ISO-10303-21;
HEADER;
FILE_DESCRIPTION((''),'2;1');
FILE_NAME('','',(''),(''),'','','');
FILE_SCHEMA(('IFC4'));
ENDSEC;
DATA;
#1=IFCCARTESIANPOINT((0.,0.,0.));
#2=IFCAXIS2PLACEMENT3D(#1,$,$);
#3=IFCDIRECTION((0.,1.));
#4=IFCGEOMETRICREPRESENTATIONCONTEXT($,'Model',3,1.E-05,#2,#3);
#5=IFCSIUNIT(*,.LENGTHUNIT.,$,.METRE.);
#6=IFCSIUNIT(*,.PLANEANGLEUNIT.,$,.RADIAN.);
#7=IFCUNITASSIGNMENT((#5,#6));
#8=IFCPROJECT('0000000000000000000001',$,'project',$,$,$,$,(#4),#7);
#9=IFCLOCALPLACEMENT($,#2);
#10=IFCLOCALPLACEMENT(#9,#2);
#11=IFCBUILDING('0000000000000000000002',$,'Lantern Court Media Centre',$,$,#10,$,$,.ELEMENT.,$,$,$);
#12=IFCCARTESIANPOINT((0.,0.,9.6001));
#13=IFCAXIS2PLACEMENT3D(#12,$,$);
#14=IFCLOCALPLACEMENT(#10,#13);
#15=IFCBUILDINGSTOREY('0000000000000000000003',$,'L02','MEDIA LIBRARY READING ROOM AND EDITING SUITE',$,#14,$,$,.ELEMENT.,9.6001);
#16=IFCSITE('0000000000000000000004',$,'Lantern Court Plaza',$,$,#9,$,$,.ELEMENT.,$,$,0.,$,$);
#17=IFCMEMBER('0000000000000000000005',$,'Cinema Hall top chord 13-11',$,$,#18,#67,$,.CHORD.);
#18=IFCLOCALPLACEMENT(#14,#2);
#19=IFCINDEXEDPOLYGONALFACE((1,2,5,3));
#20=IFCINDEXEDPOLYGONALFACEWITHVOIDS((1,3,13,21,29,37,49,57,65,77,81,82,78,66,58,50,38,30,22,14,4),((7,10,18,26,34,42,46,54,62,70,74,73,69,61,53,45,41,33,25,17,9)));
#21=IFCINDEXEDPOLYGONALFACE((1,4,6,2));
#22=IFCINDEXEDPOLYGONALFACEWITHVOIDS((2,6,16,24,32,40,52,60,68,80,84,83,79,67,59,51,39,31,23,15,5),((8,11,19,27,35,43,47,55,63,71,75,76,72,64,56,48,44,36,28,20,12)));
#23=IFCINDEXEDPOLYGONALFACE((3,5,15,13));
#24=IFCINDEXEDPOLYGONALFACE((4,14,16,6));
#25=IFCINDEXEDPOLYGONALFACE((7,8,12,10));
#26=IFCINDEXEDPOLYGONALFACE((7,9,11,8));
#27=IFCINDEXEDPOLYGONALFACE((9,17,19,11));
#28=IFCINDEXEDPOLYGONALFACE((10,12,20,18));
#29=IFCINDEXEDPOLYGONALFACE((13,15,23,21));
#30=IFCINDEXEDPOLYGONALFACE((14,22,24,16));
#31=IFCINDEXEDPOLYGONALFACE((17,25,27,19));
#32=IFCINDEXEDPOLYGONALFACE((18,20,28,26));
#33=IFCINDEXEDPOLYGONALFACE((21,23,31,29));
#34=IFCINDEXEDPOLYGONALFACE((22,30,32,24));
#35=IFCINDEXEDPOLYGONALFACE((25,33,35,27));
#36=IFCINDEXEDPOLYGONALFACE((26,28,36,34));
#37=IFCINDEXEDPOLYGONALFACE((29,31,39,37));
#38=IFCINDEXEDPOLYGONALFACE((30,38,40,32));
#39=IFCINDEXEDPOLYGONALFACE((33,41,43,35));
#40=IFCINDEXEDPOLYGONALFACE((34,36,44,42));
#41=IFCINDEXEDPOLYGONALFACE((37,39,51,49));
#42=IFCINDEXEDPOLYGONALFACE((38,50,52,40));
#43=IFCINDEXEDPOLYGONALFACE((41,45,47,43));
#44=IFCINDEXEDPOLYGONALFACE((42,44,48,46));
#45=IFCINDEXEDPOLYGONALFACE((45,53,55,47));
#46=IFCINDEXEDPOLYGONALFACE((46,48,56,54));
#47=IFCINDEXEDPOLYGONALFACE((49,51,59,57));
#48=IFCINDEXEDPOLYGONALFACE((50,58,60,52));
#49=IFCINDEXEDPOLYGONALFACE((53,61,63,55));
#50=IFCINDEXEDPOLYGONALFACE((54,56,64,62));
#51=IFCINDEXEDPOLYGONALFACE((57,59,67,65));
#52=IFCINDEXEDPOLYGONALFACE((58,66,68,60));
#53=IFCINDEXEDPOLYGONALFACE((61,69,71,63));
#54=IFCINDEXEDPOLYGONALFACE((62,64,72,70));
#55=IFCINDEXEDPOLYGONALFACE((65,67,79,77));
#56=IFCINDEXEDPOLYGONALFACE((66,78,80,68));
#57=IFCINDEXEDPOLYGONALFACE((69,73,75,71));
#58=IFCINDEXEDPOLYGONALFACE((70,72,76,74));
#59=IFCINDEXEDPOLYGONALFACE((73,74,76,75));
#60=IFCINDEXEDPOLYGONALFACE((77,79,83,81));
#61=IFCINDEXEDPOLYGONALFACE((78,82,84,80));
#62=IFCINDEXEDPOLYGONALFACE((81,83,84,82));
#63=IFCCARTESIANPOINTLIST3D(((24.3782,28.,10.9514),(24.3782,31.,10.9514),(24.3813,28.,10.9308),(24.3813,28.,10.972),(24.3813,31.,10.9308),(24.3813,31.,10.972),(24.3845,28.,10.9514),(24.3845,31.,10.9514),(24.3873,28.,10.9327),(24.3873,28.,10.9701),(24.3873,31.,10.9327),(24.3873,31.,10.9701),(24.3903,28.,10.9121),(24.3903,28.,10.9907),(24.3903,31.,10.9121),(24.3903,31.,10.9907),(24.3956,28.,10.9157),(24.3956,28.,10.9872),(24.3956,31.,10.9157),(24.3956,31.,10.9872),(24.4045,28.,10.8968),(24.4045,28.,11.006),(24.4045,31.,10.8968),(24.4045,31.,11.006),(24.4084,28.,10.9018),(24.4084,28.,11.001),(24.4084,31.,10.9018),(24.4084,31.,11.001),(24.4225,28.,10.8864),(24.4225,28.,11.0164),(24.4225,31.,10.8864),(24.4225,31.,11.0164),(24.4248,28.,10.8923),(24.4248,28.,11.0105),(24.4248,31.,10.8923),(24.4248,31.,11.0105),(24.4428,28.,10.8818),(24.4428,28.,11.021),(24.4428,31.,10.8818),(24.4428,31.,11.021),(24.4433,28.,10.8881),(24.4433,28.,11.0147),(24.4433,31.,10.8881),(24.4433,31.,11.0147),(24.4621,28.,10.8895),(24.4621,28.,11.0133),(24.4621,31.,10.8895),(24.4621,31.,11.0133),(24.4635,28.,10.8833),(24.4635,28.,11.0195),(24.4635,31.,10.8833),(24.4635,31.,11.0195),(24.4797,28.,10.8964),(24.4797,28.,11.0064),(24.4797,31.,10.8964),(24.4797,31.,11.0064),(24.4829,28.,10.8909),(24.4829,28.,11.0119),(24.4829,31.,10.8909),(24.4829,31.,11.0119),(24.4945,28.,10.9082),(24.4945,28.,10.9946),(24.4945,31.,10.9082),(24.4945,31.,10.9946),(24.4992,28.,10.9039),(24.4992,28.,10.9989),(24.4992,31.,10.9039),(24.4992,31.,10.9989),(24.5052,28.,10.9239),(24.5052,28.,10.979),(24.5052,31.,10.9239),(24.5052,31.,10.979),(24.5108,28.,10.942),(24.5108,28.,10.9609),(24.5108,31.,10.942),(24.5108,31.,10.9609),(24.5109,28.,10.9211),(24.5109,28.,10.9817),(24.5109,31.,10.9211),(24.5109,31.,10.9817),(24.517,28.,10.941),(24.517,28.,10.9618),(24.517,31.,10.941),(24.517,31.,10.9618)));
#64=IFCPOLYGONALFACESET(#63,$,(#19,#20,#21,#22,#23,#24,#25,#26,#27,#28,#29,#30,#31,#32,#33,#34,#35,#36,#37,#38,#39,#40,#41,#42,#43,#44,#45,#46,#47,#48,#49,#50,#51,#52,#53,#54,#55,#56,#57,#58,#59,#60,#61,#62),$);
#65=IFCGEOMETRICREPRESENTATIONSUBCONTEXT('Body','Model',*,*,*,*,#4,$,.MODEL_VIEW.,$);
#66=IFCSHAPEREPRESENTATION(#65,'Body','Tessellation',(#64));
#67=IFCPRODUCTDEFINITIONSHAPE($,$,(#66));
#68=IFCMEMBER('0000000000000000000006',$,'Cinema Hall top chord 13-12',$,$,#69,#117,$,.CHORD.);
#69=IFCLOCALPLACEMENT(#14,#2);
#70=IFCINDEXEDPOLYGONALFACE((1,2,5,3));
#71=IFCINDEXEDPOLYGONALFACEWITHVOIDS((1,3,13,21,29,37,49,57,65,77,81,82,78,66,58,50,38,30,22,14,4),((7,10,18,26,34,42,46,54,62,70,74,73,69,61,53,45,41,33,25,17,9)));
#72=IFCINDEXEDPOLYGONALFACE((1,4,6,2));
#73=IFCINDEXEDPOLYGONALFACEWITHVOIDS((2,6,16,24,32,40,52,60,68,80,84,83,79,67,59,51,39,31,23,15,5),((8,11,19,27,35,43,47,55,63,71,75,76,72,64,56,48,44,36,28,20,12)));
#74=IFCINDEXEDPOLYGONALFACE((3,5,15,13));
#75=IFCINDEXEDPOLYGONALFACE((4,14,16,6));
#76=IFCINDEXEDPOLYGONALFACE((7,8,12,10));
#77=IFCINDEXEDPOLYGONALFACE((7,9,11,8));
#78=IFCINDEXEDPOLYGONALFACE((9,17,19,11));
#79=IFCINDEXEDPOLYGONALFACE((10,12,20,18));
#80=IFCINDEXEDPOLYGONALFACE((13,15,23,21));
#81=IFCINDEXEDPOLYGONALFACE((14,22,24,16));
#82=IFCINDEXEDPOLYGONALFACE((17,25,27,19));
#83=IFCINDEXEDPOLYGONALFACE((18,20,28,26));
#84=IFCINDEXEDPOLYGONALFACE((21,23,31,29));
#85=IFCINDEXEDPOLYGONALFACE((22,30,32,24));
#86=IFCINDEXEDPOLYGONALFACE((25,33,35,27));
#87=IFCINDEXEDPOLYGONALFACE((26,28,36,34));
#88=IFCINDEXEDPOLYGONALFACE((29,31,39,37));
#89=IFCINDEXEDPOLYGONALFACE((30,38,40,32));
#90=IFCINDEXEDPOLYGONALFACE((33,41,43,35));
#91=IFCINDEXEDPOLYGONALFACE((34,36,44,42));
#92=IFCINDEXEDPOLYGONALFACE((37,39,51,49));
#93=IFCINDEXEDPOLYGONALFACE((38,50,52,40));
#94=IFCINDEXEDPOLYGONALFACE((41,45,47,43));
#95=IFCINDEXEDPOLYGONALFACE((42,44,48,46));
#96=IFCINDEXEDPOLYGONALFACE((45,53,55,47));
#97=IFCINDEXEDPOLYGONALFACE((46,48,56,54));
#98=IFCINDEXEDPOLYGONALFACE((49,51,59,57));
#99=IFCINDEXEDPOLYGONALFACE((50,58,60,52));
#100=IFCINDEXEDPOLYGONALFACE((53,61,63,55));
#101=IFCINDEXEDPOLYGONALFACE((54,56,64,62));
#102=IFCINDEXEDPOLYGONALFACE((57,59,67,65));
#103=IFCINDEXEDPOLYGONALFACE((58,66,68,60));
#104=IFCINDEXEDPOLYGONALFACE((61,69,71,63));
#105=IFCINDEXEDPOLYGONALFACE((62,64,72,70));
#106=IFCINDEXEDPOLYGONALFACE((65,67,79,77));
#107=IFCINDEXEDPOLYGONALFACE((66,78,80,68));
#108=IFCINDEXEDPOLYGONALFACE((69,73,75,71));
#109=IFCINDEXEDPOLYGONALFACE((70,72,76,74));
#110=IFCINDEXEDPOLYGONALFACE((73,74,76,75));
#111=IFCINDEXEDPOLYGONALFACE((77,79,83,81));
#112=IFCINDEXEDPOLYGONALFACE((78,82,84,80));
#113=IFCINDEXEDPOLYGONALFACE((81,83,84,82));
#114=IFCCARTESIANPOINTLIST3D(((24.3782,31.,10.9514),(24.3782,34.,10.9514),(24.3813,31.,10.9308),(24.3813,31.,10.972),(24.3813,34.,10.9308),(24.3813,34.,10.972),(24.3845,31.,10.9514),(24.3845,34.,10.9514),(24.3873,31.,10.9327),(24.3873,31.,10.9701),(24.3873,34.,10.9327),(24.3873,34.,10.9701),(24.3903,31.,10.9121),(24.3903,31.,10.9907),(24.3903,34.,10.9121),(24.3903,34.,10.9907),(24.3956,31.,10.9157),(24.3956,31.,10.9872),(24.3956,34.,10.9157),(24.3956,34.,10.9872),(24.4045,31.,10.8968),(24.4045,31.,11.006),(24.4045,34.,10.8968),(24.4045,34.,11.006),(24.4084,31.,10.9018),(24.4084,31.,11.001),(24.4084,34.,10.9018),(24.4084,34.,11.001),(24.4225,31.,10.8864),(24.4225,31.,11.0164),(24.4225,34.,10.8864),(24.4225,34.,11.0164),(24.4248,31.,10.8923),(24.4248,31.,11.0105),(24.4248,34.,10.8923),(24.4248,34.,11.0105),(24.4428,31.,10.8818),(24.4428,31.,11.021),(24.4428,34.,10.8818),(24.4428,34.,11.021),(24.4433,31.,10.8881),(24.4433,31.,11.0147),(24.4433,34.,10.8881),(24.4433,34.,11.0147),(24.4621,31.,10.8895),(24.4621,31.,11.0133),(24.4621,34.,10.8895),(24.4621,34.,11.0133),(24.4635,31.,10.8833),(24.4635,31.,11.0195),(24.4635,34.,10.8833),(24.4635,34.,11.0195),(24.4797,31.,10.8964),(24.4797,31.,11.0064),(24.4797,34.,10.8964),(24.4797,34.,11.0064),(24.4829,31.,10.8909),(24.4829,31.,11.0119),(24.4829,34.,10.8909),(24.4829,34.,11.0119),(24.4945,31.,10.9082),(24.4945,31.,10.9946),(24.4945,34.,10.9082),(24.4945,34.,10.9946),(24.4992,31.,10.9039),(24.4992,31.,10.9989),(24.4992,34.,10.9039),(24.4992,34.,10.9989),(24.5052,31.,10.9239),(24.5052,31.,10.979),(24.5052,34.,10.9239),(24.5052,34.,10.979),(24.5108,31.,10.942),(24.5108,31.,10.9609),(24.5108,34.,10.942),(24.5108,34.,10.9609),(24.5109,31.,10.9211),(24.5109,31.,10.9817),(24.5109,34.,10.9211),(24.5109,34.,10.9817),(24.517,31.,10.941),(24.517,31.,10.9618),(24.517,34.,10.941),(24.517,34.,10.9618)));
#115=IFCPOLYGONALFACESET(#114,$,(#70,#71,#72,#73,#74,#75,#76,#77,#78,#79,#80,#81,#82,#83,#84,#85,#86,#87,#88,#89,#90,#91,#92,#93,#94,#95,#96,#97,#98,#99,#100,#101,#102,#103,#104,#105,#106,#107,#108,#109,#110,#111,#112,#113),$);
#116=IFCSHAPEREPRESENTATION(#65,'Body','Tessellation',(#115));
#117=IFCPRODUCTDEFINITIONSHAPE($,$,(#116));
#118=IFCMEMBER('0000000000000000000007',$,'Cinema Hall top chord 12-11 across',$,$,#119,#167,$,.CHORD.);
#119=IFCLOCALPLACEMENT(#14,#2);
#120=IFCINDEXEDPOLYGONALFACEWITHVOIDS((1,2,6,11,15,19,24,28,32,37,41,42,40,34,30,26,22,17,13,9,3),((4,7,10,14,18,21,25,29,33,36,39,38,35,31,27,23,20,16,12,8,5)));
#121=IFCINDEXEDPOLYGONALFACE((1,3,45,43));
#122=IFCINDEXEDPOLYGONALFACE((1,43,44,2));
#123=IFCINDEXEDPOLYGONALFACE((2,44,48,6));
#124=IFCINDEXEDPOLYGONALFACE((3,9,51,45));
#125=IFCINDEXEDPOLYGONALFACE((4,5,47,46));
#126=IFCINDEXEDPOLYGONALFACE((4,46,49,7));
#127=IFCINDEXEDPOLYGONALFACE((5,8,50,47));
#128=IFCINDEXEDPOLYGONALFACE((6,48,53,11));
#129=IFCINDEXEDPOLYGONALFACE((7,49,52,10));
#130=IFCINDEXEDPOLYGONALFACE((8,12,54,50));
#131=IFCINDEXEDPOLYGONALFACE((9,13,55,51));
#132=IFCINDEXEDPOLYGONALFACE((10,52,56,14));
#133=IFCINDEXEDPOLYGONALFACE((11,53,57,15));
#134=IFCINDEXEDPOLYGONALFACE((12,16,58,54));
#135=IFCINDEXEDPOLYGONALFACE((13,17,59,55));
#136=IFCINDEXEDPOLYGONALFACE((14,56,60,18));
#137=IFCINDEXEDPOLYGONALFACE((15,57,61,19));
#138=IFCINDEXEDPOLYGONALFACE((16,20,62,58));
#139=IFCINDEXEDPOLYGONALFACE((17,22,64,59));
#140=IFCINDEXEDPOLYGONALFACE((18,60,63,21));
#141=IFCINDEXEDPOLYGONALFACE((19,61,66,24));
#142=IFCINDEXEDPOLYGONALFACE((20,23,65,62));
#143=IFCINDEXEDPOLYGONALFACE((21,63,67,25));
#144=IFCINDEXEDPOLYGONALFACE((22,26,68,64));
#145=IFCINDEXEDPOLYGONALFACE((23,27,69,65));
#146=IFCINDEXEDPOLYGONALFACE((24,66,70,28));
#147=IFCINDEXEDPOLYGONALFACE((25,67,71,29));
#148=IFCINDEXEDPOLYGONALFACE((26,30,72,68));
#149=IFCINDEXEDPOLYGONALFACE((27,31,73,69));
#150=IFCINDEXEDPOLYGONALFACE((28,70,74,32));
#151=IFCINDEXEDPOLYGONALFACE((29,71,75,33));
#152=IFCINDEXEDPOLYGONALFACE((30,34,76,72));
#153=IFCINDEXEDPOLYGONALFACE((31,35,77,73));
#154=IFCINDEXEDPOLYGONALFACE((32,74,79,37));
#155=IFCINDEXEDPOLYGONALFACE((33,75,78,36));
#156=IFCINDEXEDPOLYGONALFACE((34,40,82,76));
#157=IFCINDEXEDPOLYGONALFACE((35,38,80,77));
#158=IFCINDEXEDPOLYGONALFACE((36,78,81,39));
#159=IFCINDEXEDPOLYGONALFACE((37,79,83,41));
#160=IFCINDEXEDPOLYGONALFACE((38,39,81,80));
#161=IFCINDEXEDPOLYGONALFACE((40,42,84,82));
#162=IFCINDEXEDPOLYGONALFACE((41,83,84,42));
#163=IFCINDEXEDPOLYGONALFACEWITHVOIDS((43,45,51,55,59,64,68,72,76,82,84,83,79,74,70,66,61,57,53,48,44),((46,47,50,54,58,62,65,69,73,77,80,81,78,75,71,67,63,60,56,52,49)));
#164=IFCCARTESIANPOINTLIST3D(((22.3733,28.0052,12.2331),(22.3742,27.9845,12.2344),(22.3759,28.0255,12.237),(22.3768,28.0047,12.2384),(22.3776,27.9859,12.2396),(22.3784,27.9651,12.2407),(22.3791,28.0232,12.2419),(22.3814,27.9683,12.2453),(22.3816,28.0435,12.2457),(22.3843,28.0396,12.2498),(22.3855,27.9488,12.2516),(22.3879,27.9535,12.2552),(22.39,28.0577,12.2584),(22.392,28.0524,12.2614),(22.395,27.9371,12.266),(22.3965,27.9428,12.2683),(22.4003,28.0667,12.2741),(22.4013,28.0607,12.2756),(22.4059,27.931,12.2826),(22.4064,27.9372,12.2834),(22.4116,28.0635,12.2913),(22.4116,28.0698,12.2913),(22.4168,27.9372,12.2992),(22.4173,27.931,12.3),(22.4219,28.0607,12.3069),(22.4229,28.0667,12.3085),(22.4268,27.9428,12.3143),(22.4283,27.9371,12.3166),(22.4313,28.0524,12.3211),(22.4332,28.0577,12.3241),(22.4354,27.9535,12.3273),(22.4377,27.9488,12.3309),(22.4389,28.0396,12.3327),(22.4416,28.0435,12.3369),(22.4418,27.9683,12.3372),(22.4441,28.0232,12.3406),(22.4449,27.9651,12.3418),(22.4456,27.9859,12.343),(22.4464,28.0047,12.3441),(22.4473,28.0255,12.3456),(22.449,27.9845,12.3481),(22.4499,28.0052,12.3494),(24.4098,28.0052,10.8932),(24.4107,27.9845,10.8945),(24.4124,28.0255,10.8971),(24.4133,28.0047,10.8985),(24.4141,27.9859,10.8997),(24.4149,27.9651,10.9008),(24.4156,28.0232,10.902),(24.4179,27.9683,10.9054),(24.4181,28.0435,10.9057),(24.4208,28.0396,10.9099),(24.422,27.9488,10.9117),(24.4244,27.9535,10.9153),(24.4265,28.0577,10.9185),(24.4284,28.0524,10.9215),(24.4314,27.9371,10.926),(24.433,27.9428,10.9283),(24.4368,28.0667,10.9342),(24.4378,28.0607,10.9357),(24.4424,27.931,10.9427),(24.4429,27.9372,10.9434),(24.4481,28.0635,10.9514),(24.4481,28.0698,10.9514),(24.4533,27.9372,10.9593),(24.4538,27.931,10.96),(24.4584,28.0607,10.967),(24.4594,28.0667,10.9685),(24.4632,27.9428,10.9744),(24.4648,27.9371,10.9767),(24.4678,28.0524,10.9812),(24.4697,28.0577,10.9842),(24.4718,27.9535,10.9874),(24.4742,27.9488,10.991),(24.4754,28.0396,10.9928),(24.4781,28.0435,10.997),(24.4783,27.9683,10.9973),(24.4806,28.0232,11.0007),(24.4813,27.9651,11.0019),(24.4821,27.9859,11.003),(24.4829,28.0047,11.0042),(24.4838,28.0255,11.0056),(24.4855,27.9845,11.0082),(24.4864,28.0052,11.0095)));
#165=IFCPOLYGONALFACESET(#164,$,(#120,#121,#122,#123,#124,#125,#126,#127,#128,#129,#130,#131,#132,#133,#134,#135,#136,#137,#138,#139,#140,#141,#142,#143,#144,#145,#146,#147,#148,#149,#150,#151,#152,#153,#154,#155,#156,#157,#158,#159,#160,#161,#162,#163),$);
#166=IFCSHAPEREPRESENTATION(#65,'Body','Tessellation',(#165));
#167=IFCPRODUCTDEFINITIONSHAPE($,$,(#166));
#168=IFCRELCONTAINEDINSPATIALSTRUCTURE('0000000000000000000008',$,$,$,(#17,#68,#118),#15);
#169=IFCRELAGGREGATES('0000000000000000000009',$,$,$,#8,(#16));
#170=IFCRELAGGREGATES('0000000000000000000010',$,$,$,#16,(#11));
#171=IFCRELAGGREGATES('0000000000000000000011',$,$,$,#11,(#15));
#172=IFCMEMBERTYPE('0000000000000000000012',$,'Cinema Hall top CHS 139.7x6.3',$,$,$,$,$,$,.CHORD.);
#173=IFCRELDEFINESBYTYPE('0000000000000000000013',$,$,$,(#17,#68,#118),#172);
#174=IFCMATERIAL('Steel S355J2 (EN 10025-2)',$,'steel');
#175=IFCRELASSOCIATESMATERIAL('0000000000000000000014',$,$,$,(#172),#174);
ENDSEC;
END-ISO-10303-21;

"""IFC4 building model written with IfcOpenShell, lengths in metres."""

from ifc_helpers import new_model, si_unit, direction, frame, origin, origin_2d, place, context, subcontext, project, spatial, hollow_circle, extrude, material, material_profile, profile_set, type_object, element, save


model = new_model("IFC4")

# Units and contexts
model_context = context("Model", 3, precision=1e-05, world=origin(), true_north=direction((0.0, 1.0)))
body_context = subcontext(model_context, "Body", "Model", "MODEL_VIEW")
ifc_project = project(units=[si_unit("LENGTHUNIT", "METRE"), si_unit("PLANEANGLEUNIT", "RADIAN")], contexts=[model_context])

# Site, building, storey
site_placement = place(None, origin())
site = spatial("IfcSite", under=ifc_project, at=site_placement, Name="Lantern Court Plaza", CompositionType="ELEMENT", RefElevation=0.0)
building_placement = place(site_placement, origin())
building = spatial("IfcBuilding", under=site, at=building_placement, Name="Lantern Court Media Centre", CompositionType="ELEMENT")
storey_placement = place(building_placement, frame((0.0, 0.0, 9.6001)))
storey = spatial("IfcBuildingStorey", under=building, at=storey_placement, Name="L02", Description="MEDIA LIBRARY READING ROOM AND EDITING SUITE", CompositionType="ELEMENT", Elevation=9.6001)

# Members
ifc_material = material(Name="Steel S355J2 (EN 10025-2)", Category="steel")
ifc_material_profile_1 = material_profile(ifc_material, hollow_circle(Radius=0.0698, WallThickness=0.0063, at=origin_2d()), Name="Cinema Hall top CHS 139.7x6.3")
ifc_profile_set_1 = profile_set([ifc_material_profile_1], Name="Steel S355J2 (EN 10025-2)")
member_type_1 = type_object("IfcMemberType", Name="Cinema Hall top CHS 139.7x6.3", PredefinedType="CHORD", material=ifc_profile_set_1)
for number, where, z_axis, x_axis, name in (
    (1, (24.448, 28.0, 10.9514), (0.0, 1.0, 0.0), (-1.0, 0.0, 0.0), "Cinema Hall top chord 13-11"),
    (2, (24.448, 31.0, 10.9514), (0.0, 1.0, 0.0), (-1.0, 0.0, 0.0), "Cinema Hall top chord 13-12"),
):
    element("IfcMember", number, at=place(storey_placement, frame(where, z_axis=z_axis, x_axis=x_axis)), inside=storey, type_object=member_type_1, Name=name, PredefinedType="CHORD", context=body_context, shape_type="SweptSolid", body=[
        extrude(hollow_circle(Radius=0.0698, WallThickness=0.0063, at=origin_2d()), origin(), (0.0, 0.0, 1.0), 3.0),
    ])
for number, where, z_axis, x_axis, name in (
    (3, (22.4116, 28.0, 12.2913), (0.835394, 0.0, -0.549651), (0.0, 1.0, 0.0), "Cinema Hall top chord 12-11 across"),
):
    element("IfcMember", number, at=place(storey_placement, frame(where, z_axis=z_axis, x_axis=x_axis)), inside=storey, type_object=member_type_1, Name=name, PredefinedType="CHORD", context=body_context, shape_type="SweptSolid", body=[
        extrude(hollow_circle(Radius=0.0698, WallThickness=0.0063, at=origin_2d()), origin(), (0.0, 0.0, 1.0), 2.4377),
    ])

save(model, "model.ifc")
